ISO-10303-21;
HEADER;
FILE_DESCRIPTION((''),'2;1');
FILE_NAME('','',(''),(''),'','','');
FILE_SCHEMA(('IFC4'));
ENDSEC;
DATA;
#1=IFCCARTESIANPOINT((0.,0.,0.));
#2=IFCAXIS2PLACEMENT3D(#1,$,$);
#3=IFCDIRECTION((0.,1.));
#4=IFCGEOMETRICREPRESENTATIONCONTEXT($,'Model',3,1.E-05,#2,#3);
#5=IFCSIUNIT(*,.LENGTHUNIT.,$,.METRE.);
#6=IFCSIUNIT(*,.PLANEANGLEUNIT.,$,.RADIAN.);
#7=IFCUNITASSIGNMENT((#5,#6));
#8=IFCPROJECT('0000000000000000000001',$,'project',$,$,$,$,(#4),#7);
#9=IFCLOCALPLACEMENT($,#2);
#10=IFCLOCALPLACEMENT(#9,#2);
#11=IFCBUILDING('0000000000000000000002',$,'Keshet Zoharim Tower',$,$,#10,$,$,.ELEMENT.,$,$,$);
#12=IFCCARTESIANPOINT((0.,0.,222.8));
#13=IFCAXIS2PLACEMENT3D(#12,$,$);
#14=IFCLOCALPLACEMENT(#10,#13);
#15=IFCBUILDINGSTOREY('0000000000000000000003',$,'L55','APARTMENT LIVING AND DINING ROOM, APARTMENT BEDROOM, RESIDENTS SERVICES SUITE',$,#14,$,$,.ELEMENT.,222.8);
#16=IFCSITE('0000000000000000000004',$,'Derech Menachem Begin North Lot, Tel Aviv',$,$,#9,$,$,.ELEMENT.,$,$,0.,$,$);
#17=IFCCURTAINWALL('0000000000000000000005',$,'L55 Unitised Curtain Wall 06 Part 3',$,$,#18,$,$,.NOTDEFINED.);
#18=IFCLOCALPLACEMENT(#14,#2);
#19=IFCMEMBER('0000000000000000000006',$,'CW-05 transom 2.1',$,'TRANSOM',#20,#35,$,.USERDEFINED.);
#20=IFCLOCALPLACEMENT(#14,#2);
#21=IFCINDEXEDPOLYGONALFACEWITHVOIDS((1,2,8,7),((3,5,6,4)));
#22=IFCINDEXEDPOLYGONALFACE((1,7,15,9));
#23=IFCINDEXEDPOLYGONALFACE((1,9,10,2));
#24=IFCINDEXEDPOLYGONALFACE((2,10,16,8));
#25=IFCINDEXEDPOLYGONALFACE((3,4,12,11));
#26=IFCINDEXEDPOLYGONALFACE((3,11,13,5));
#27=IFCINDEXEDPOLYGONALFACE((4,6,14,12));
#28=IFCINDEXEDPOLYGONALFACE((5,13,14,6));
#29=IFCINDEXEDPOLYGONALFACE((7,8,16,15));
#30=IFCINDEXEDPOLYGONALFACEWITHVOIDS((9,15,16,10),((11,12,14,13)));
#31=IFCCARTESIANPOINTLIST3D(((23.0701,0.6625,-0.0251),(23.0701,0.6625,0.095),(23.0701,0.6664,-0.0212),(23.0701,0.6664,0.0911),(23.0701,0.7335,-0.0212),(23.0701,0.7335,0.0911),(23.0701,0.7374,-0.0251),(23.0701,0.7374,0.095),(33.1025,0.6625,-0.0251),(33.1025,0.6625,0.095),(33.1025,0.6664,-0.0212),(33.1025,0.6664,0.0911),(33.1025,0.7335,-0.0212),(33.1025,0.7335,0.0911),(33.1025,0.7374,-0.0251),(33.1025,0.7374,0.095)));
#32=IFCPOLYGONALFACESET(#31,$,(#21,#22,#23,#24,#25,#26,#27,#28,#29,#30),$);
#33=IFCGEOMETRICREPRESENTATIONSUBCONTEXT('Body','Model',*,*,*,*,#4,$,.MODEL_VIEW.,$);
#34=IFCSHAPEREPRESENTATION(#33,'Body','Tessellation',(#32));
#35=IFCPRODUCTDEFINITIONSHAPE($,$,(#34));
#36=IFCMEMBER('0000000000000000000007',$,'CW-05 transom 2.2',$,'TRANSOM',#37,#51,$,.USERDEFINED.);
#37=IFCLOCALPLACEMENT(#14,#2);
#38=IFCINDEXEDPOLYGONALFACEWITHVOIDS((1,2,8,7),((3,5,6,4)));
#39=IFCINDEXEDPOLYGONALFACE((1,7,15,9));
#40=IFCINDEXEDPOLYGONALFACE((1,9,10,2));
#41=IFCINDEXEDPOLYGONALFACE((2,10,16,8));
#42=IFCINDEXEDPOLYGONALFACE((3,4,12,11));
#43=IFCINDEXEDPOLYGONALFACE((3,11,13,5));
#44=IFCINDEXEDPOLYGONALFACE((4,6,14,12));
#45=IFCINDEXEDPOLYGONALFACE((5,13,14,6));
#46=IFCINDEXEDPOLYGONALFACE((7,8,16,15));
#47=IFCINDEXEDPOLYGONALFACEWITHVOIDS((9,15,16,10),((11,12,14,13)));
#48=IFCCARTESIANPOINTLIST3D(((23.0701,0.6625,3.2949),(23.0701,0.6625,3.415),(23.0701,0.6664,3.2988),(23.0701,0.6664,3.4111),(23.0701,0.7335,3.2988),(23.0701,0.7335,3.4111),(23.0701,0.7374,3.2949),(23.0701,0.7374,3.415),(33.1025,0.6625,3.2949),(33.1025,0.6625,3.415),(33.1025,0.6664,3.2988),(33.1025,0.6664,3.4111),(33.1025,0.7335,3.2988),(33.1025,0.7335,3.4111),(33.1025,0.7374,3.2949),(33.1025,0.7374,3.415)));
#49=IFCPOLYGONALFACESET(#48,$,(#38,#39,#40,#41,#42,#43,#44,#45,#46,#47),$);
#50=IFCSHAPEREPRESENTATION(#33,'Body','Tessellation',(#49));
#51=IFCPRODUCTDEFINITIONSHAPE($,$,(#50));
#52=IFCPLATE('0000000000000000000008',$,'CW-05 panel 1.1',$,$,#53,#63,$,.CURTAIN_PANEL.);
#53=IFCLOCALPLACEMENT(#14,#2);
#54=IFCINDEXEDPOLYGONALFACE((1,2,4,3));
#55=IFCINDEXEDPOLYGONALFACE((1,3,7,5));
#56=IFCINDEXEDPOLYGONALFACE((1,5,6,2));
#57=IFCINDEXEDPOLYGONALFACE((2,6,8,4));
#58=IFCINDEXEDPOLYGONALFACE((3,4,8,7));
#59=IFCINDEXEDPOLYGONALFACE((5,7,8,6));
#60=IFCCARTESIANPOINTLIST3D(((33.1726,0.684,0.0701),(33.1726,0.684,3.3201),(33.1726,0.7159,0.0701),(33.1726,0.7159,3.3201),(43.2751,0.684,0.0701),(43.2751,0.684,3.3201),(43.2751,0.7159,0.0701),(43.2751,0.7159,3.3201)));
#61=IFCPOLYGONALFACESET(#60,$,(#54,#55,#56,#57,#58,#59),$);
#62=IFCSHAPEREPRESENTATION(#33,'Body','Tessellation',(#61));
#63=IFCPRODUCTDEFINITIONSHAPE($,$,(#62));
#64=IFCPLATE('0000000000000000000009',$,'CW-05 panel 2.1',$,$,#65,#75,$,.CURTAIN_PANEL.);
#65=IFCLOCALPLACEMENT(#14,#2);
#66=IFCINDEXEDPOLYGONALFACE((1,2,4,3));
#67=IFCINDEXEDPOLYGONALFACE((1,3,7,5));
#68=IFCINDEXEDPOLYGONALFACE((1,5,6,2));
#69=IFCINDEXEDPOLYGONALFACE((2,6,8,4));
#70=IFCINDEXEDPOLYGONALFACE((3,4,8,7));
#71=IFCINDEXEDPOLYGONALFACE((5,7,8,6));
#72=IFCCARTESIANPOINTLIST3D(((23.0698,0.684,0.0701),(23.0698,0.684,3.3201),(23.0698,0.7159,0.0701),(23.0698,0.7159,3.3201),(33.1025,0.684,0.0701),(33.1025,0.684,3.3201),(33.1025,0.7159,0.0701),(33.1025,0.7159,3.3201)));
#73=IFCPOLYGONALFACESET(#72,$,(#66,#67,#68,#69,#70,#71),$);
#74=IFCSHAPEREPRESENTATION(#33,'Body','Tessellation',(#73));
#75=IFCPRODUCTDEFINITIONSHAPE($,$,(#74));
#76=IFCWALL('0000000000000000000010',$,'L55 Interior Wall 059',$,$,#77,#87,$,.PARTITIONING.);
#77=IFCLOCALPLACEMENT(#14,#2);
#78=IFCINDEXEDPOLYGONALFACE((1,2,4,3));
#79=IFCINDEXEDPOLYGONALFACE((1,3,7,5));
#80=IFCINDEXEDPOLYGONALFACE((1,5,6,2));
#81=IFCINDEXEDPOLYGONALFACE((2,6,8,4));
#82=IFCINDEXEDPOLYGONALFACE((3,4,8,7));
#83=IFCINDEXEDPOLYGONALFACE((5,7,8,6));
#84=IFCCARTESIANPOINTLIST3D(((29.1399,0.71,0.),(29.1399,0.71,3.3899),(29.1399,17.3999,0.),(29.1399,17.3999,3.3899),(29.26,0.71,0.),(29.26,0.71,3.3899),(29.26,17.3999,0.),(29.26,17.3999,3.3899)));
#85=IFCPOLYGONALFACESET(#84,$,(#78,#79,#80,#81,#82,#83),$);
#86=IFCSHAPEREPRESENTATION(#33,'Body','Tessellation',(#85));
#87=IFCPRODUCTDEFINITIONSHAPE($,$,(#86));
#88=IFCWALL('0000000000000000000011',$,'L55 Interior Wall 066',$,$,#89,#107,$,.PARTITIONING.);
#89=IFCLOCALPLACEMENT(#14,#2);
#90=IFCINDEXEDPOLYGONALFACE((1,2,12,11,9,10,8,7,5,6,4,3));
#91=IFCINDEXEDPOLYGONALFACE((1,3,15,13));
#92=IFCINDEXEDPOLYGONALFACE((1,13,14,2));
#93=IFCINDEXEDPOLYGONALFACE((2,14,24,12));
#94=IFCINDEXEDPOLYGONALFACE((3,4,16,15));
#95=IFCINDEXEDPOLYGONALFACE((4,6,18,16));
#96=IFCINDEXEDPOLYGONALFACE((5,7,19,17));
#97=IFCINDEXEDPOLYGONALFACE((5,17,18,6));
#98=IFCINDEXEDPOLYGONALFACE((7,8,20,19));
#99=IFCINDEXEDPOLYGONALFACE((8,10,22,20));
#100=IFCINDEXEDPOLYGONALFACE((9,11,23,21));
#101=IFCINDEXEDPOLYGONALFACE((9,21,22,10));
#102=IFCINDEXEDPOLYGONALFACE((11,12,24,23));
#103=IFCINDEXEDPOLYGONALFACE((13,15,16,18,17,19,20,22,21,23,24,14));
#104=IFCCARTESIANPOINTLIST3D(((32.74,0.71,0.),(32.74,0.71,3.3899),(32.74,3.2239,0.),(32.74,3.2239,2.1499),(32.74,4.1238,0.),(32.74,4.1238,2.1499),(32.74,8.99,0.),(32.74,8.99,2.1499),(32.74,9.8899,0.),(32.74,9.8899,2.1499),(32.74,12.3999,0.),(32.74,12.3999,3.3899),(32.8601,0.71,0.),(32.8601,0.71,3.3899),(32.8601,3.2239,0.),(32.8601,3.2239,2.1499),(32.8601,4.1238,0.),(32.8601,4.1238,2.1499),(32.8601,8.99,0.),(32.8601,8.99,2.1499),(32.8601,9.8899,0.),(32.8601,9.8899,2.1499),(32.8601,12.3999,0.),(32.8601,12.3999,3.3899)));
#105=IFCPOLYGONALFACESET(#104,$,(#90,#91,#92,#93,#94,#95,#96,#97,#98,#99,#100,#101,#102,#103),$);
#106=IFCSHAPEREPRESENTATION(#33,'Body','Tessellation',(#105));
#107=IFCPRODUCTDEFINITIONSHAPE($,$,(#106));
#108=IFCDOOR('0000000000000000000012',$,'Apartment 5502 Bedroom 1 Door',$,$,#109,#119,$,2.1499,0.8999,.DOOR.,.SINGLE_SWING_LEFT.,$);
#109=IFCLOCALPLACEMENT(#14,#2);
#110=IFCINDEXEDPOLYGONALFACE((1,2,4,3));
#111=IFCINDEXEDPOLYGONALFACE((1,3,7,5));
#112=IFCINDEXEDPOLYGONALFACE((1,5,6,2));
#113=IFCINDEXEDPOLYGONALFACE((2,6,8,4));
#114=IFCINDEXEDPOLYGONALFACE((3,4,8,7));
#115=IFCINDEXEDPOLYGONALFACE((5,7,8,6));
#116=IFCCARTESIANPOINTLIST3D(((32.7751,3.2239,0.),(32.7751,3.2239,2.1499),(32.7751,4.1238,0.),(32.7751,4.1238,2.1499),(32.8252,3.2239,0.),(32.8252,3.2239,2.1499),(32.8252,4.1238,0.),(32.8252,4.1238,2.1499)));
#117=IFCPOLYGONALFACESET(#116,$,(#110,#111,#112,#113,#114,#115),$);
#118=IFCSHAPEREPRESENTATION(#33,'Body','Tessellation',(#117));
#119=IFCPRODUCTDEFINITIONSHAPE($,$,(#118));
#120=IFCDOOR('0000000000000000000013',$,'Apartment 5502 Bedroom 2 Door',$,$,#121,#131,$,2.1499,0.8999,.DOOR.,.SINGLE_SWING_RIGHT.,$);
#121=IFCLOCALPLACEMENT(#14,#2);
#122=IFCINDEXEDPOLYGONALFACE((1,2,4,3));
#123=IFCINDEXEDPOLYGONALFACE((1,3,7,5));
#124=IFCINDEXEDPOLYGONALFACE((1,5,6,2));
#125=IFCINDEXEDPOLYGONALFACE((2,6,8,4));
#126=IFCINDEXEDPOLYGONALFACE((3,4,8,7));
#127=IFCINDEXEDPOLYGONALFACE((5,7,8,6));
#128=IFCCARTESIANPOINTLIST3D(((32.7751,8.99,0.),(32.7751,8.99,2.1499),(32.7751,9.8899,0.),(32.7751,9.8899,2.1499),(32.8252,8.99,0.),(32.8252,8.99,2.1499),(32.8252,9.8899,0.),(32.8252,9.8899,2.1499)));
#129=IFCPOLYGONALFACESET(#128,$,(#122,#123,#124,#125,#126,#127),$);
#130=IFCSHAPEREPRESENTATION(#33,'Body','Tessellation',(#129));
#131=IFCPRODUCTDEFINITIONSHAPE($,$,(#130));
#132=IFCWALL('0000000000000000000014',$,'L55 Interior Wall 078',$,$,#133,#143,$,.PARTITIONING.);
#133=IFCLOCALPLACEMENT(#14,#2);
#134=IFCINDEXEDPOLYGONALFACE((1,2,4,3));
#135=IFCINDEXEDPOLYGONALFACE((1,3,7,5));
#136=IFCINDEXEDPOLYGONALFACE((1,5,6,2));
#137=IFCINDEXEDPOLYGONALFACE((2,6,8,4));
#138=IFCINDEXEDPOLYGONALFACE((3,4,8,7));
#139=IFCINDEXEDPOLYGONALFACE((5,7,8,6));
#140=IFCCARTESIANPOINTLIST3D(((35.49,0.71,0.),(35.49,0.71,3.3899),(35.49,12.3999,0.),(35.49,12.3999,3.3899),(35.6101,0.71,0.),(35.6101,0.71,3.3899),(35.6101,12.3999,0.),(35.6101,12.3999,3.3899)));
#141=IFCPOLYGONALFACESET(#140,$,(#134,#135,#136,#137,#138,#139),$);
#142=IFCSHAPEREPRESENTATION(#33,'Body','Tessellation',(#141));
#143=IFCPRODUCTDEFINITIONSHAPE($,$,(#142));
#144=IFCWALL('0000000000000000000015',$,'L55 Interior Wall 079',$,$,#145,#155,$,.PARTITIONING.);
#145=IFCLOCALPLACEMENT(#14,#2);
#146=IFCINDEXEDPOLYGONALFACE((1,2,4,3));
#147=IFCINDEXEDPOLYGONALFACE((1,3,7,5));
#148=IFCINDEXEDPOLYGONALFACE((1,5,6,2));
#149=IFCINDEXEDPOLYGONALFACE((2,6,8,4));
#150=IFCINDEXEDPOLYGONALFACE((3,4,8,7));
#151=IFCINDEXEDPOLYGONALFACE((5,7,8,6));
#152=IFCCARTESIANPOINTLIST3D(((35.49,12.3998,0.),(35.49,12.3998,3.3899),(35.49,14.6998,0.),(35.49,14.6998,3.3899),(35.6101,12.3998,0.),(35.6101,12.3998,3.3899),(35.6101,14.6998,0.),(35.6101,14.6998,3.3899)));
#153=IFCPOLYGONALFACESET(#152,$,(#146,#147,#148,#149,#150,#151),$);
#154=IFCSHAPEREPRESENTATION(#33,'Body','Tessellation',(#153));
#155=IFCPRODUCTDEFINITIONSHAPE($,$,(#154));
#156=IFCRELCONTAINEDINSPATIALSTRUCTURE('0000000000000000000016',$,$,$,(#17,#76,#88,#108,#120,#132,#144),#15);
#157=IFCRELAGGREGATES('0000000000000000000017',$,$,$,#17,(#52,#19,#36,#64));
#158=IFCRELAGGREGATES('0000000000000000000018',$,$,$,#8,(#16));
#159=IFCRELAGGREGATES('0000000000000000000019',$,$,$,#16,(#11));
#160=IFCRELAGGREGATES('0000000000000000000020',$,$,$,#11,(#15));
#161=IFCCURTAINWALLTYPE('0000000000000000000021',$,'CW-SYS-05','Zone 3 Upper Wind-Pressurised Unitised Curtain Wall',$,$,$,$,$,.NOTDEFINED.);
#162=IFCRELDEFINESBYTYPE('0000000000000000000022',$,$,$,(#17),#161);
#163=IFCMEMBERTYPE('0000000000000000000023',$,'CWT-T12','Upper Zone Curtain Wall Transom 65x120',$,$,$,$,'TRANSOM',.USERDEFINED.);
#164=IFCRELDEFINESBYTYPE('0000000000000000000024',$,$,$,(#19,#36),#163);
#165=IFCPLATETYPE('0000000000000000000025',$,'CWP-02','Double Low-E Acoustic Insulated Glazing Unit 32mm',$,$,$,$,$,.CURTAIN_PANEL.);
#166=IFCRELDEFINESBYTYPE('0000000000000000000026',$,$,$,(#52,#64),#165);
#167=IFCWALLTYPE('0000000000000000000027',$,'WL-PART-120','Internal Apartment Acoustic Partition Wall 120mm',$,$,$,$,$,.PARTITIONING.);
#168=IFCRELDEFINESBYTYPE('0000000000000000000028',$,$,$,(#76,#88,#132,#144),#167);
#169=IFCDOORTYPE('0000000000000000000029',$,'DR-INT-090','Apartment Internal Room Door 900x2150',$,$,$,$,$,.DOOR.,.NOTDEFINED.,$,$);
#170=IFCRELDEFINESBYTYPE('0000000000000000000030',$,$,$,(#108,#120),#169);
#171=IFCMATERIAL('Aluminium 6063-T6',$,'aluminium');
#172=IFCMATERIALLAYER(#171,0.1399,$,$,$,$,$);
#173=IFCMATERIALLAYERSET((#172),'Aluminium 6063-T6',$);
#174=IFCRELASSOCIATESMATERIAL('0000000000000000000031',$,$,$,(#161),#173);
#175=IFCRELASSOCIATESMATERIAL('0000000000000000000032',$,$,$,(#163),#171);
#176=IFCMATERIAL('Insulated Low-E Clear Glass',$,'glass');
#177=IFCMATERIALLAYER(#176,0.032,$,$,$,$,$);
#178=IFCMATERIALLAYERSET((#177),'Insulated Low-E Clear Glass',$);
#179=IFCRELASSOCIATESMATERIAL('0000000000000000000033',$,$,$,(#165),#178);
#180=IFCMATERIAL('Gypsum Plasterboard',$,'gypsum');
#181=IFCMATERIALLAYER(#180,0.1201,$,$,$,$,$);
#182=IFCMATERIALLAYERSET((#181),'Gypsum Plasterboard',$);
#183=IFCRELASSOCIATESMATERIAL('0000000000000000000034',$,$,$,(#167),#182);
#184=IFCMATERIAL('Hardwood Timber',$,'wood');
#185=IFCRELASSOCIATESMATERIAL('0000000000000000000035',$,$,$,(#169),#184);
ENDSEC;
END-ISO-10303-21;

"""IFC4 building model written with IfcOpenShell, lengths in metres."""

from ifc_helpers import new_model, si_unit, direction, frame, frame_2d, origin, origin_2d, place, context, subcontext, project, spatial, rectangle, hollow_rectangle, extrude, material, layer, layer_set, material_profile, profile_set, type_object, element, fill, aggregate, save


model = new_model("IFC4")

# Units and contexts
model_context = context("Model", 3, precision=1e-05, world=origin(), true_north=direction((0.0, 1.0)))
body_context = subcontext(model_context, "Body", "Model", "MODEL_VIEW")
ifc_project = project(units=[si_unit("LENGTHUNIT", "METRE"), si_unit("PLANEANGLEUNIT", "RADIAN")], contexts=[model_context])

# Site, building, storey
site_placement = place(None, origin())
site = spatial("IfcSite", under=ifc_project, at=site_placement, Name="Derech Menachem Begin North Lot, Tel Aviv", CompositionType="ELEMENT", RefElevation=0.0)
building_placement = place(site_placement, origin())
building = spatial("IfcBuilding", under=site, at=building_placement, Name="Keshet Zoharim Tower", CompositionType="ELEMENT")
storey_placement = place(building_placement, frame((0.0, 0.0, 222.8)))
storey = spatial("IfcBuildingStorey", under=building, at=storey_placement, Name="L55", Description="APARTMENT LIVING AND DINING ROOM, APARTMENT BEDROOM, RESIDENTS SERVICES SUITE", CompositionType="ELEMENT", Elevation=222.8)

# Curtain wall, members, plates
ifc_material_1 = material(Name="Aluminium 6063-T6", Category="aluminium")
ifc_layer_1 = layer(ifc_material_1, 0.1399)
ifc_layer_set_1 = layer_set([ifc_layer_1], Name="Aluminium 6063-T6")
curtain_wall_type = type_object("IfcCurtainWallType", Name="CW-SYS-05", Description="Zone 3 Upper Wind-Pressurised Unitised Curtain Wall", PredefinedType="NOTDEFINED", material=ifc_layer_set_1)
curtain_wall_placement = place(storey_placement, origin())
curtain_wall = element("IfcCurtainWall", 1, at=curtain_wall_placement, inside=storey, type_object=curtain_wall_type, Name="L55 Unitised Curtain Wall 06 Part 3", PredefinedType="NOTDEFINED")
ifc_material_profile_1 = material_profile(ifc_material_1, hollow_rectangle(XDim=0.075, YDim=0.1201, WallThickness=0.0039, at=origin_2d()), Name="TRN-75x120")
ifc_profile_set_1 = profile_set([ifc_material_profile_1], Name="Aluminium 6063-T6")
member_type_1 = type_object("IfcMemberType", Name="CWT-T12", Description="Upper Zone Curtain Wall Transom 65x120", ElementType="TRANSOM", PredefinedType="USERDEFINED", material=ifc_profile_set_1)
member_1_placement = place(storey_placement, frame((33.1025, 0.7, 0.0349), z_axis=(-1.0, 0.0, 0.0), x_axis=(0.0, -1.0, 0.0)))
member_1 = element("IfcMember", 2, at=member_1_placement, type_object=member_type_1, Name="CW-05 transom 2.1", ObjectType="TRANSOM", PredefinedType="USERDEFINED", context=body_context, shape_type="SweptSolid", body=[
    extrude(hollow_rectangle(XDim=0.075, YDim=0.1201, WallThickness=0.0039, at=origin_2d()), origin(), (0.0, 0.0, 1.0), 10.0325),
])
member_2_placement = place(storey_placement, frame((33.1025, 0.7, 3.355), z_axis=(-1.0, 0.0, 0.0), x_axis=(0.0, -1.0, 0.0)))
member_2 = element("IfcMember", 3, at=member_2_placement, type_object=member_type_1, Name="CW-05 transom 2.2", ObjectType="TRANSOM", PredefinedType="USERDEFINED", context=body_context, shape_type="SweptSolid", body=[
    extrude(hollow_rectangle(XDim=0.075, YDim=0.1201, WallThickness=0.0039, at=origin_2d()), origin(), (0.0, 0.0, 1.0), 10.0325),
])
ifc_material_2 = material(Name="Insulated Low-E Clear Glass", Category="glass")
ifc_layer_2 = layer(ifc_material_2, 0.032)
ifc_layer_set_2 = layer_set([ifc_layer_2], Name="Insulated Low-E Clear Glass")
plate_type = type_object("IfcPlateType", Name="CWP-02", Description="Double Low-E Acoustic Insulated Glazing Unit 32mm", PredefinedType="CURTAIN_PANEL", material=ifc_layer_set_2)
plate_1_placement = place(storey_placement, frame((38.2239, 0.7, 0.0701), z_axis=(0.0, 0.0, 1.0), x_axis=(-1.0, 0.0, 0.0)))
plate_1 = element("IfcPlate", 4, at=plate_1_placement, type_object=plate_type, Name="CW-05 panel 1.1", PredefinedType="CURTAIN_PANEL", context=body_context, shape_type="SweptSolid", body=[
    extrude(rectangle(XDim=10.1025, YDim=0.032, at=origin_2d()), origin(), (0.0, 0.0, 1.0), 3.25),
])
plate_2_placement = place(storey_placement, frame((28.0862, 0.7, 0.0701), z_axis=(0.0, 0.0, 1.0), x_axis=(-1.0, 0.0, 0.0)))
plate_2 = element("IfcPlate", 5, at=plate_2_placement, type_object=plate_type, Name="CW-05 panel 2.1", PredefinedType="CURTAIN_PANEL", context=body_context, shape_type="SweptSolid", body=[
    extrude(rectangle(XDim=10.0327, YDim=0.032, at=origin_2d()), origin(), (0.0, 0.0, 1.0), 3.25),
])
aggregate(curtain_wall, [plate_1, member_1, member_2, plate_2])

# Wall
ifc_material_3 = material(Name="Gypsum Plasterboard", Category="gypsum")
ifc_layer_3 = layer(ifc_material_3, 0.1201)
ifc_layer_set_3 = layer_set([ifc_layer_3], Name="Gypsum Plasterboard")
wall_type = type_object("IfcWallType", Name="WL-PART-120", Description="Internal Apartment Acoustic Partition Wall 120mm", PredefinedType="PARTITIONING", material=ifc_layer_set_3)
wall_1_placement = place(storey_placement, frame((29.2, 0.71, 0.0), z_axis=(0.0, 0.0, 1.0), x_axis=(0.0, 1.0, 0.0)))
element("IfcWall", 6, at=wall_1_placement, inside=storey, type_object=wall_type, Name="L55 Interior Wall 059", PredefinedType="PARTITIONING", context=body_context, shape_type="SweptSolid", body=[
    extrude(rectangle(XDim=16.6899, YDim=0.1201, at=frame_2d((8.345, 0.0))), origin(), (0.0, 0.0, 1.0), 3.3899),
])

# Wall, openings, doors
wall_2_placement = place(storey_placement, frame((32.8, 0.71, 0.0), z_axis=(0.0, 0.0, 1.0), x_axis=(0.0, 1.0, 0.0)))
wall_2 = element("IfcWall", 7, at=wall_2_placement, inside=storey, type_object=wall_type, Name="L55 Interior Wall 066", PredefinedType="PARTITIONING", context=body_context, shape_type="SweptSolid", body=[
    extrude(rectangle(XDim=11.6899, YDim=0.1201, at=frame_2d((5.845, 0.0))), origin(), (0.0, 0.0, 1.0), 3.3899),
])
opening_1_placement = place(wall_2_placement, frame((2.5139, 0.0, 0.0)))
opening_1 = element("IfcOpeningElement", 8, at=opening_1_placement, cuts=wall_2, PredefinedType="OPENING", context=body_context, shape_type="SweptSolid", body=[
    extrude(rectangle(XDim=0.8999, YDim=2.1499, at=frame_2d((0.45, 1.075))), frame((0.0, 0.0701, 0.0), z_axis=(0.0, -1.0, 0.0), x_axis=(1.0, 0.0, 0.0)), (0.0, 0.0, 1.0), 0.1401),
])
opening_2_placement = place(wall_2_placement, frame((8.28, 0.0, 0.0)))
opening_2 = element("IfcOpeningElement", 9, at=opening_2_placement, cuts=wall_2, PredefinedType="OPENING", context=body_context, shape_type="SweptSolid", body=[
    extrude(rectangle(XDim=0.8999, YDim=2.1499, at=frame_2d((0.45, 1.075))), frame((0.0, 0.0701, 0.0), z_axis=(0.0, -1.0, 0.0), x_axis=(1.0, 0.0, 0.0)), (0.0, 0.0, 1.0), 0.1401),
])
ifc_material_4 = material(Name="Hardwood Timber", Category="wood")
door_type = type_object("IfcDoorType", Name="DR-INT-090", Description="Apartment Internal Room Door 900x2150", OperationType="NOTDEFINED", PredefinedType="DOOR", material=ifc_material_4)
door_1_placement = place(opening_1_placement, origin())
door_1 = element("IfcDoor", 10, at=door_1_placement, inside=storey, type_object=door_type, Name="Apartment 5502 Bedroom 1 Door", OperationType="SINGLE_SWING_LEFT", OverallHeight=2.1499, OverallWidth=0.8999, PredefinedType="DOOR", context=body_context, shape_type="SweptSolid", body=[
    extrude(rectangle(XDim=0.8999, YDim=2.1499, at=frame_2d((0.45, 1.075))), frame((0.0, 0.0249, 0.0), z_axis=(0.0, -1.0, 0.0), x_axis=(1.0, 0.0, 0.0)), (0.0, 0.0, 1.0), 0.05),
])
fill(opening_1, door_1)
door_2_placement = place(opening_2_placement, origin())
door_2 = element("IfcDoor", 11, at=door_2_placement, inside=storey, type_object=door_type, Name="Apartment 5502 Bedroom 2 Door", OperationType="SINGLE_SWING_RIGHT", OverallHeight=2.1499, OverallWidth=0.8999, PredefinedType="DOOR", context=body_context, shape_type="SweptSolid", body=[
    extrude(rectangle(XDim=0.8999, YDim=2.1499, at=frame_2d((0.45, 1.075))), frame((0.0, 0.0249, 0.0), z_axis=(0.0, -1.0, 0.0), x_axis=(1.0, 0.0, 0.0)), (0.0, 0.0, 1.0), 0.05),
])
fill(opening_2, door_2)

# Walls
wall_3_placement = place(storey_placement, frame((35.55, 0.71, 0.0), z_axis=(0.0, 0.0, 1.0), x_axis=(0.0, 1.0, 0.0)))
element("IfcWall", 12, at=wall_3_placement, inside=storey, type_object=wall_type, Name="L55 Interior Wall 078", PredefinedType="PARTITIONING", context=body_context, shape_type="SweptSolid", body=[
    extrude(rectangle(XDim=11.6899, YDim=0.1201, at=frame_2d((5.845, 0.0))), origin(), (0.0, 0.0, 1.0), 3.3899),
])
wall_4_placement = place(storey_placement, frame((35.55, 12.3999, 0.0), z_axis=(0.0, 0.0, 1.0), x_axis=(0.0, 1.0, 0.0)))
element("IfcWall", 13, at=wall_4_placement, inside=storey, type_object=wall_type, Name="L55 Interior Wall 079", PredefinedType="PARTITIONING", context=body_context, shape_type="SweptSolid", body=[
    extrude(rectangle(XDim=2.3, YDim=0.1201, at=frame_2d((1.1499, 0.0))), origin(), (0.0, 0.0, 1.0), 3.3899),
])

save(model, "model.ifc")
